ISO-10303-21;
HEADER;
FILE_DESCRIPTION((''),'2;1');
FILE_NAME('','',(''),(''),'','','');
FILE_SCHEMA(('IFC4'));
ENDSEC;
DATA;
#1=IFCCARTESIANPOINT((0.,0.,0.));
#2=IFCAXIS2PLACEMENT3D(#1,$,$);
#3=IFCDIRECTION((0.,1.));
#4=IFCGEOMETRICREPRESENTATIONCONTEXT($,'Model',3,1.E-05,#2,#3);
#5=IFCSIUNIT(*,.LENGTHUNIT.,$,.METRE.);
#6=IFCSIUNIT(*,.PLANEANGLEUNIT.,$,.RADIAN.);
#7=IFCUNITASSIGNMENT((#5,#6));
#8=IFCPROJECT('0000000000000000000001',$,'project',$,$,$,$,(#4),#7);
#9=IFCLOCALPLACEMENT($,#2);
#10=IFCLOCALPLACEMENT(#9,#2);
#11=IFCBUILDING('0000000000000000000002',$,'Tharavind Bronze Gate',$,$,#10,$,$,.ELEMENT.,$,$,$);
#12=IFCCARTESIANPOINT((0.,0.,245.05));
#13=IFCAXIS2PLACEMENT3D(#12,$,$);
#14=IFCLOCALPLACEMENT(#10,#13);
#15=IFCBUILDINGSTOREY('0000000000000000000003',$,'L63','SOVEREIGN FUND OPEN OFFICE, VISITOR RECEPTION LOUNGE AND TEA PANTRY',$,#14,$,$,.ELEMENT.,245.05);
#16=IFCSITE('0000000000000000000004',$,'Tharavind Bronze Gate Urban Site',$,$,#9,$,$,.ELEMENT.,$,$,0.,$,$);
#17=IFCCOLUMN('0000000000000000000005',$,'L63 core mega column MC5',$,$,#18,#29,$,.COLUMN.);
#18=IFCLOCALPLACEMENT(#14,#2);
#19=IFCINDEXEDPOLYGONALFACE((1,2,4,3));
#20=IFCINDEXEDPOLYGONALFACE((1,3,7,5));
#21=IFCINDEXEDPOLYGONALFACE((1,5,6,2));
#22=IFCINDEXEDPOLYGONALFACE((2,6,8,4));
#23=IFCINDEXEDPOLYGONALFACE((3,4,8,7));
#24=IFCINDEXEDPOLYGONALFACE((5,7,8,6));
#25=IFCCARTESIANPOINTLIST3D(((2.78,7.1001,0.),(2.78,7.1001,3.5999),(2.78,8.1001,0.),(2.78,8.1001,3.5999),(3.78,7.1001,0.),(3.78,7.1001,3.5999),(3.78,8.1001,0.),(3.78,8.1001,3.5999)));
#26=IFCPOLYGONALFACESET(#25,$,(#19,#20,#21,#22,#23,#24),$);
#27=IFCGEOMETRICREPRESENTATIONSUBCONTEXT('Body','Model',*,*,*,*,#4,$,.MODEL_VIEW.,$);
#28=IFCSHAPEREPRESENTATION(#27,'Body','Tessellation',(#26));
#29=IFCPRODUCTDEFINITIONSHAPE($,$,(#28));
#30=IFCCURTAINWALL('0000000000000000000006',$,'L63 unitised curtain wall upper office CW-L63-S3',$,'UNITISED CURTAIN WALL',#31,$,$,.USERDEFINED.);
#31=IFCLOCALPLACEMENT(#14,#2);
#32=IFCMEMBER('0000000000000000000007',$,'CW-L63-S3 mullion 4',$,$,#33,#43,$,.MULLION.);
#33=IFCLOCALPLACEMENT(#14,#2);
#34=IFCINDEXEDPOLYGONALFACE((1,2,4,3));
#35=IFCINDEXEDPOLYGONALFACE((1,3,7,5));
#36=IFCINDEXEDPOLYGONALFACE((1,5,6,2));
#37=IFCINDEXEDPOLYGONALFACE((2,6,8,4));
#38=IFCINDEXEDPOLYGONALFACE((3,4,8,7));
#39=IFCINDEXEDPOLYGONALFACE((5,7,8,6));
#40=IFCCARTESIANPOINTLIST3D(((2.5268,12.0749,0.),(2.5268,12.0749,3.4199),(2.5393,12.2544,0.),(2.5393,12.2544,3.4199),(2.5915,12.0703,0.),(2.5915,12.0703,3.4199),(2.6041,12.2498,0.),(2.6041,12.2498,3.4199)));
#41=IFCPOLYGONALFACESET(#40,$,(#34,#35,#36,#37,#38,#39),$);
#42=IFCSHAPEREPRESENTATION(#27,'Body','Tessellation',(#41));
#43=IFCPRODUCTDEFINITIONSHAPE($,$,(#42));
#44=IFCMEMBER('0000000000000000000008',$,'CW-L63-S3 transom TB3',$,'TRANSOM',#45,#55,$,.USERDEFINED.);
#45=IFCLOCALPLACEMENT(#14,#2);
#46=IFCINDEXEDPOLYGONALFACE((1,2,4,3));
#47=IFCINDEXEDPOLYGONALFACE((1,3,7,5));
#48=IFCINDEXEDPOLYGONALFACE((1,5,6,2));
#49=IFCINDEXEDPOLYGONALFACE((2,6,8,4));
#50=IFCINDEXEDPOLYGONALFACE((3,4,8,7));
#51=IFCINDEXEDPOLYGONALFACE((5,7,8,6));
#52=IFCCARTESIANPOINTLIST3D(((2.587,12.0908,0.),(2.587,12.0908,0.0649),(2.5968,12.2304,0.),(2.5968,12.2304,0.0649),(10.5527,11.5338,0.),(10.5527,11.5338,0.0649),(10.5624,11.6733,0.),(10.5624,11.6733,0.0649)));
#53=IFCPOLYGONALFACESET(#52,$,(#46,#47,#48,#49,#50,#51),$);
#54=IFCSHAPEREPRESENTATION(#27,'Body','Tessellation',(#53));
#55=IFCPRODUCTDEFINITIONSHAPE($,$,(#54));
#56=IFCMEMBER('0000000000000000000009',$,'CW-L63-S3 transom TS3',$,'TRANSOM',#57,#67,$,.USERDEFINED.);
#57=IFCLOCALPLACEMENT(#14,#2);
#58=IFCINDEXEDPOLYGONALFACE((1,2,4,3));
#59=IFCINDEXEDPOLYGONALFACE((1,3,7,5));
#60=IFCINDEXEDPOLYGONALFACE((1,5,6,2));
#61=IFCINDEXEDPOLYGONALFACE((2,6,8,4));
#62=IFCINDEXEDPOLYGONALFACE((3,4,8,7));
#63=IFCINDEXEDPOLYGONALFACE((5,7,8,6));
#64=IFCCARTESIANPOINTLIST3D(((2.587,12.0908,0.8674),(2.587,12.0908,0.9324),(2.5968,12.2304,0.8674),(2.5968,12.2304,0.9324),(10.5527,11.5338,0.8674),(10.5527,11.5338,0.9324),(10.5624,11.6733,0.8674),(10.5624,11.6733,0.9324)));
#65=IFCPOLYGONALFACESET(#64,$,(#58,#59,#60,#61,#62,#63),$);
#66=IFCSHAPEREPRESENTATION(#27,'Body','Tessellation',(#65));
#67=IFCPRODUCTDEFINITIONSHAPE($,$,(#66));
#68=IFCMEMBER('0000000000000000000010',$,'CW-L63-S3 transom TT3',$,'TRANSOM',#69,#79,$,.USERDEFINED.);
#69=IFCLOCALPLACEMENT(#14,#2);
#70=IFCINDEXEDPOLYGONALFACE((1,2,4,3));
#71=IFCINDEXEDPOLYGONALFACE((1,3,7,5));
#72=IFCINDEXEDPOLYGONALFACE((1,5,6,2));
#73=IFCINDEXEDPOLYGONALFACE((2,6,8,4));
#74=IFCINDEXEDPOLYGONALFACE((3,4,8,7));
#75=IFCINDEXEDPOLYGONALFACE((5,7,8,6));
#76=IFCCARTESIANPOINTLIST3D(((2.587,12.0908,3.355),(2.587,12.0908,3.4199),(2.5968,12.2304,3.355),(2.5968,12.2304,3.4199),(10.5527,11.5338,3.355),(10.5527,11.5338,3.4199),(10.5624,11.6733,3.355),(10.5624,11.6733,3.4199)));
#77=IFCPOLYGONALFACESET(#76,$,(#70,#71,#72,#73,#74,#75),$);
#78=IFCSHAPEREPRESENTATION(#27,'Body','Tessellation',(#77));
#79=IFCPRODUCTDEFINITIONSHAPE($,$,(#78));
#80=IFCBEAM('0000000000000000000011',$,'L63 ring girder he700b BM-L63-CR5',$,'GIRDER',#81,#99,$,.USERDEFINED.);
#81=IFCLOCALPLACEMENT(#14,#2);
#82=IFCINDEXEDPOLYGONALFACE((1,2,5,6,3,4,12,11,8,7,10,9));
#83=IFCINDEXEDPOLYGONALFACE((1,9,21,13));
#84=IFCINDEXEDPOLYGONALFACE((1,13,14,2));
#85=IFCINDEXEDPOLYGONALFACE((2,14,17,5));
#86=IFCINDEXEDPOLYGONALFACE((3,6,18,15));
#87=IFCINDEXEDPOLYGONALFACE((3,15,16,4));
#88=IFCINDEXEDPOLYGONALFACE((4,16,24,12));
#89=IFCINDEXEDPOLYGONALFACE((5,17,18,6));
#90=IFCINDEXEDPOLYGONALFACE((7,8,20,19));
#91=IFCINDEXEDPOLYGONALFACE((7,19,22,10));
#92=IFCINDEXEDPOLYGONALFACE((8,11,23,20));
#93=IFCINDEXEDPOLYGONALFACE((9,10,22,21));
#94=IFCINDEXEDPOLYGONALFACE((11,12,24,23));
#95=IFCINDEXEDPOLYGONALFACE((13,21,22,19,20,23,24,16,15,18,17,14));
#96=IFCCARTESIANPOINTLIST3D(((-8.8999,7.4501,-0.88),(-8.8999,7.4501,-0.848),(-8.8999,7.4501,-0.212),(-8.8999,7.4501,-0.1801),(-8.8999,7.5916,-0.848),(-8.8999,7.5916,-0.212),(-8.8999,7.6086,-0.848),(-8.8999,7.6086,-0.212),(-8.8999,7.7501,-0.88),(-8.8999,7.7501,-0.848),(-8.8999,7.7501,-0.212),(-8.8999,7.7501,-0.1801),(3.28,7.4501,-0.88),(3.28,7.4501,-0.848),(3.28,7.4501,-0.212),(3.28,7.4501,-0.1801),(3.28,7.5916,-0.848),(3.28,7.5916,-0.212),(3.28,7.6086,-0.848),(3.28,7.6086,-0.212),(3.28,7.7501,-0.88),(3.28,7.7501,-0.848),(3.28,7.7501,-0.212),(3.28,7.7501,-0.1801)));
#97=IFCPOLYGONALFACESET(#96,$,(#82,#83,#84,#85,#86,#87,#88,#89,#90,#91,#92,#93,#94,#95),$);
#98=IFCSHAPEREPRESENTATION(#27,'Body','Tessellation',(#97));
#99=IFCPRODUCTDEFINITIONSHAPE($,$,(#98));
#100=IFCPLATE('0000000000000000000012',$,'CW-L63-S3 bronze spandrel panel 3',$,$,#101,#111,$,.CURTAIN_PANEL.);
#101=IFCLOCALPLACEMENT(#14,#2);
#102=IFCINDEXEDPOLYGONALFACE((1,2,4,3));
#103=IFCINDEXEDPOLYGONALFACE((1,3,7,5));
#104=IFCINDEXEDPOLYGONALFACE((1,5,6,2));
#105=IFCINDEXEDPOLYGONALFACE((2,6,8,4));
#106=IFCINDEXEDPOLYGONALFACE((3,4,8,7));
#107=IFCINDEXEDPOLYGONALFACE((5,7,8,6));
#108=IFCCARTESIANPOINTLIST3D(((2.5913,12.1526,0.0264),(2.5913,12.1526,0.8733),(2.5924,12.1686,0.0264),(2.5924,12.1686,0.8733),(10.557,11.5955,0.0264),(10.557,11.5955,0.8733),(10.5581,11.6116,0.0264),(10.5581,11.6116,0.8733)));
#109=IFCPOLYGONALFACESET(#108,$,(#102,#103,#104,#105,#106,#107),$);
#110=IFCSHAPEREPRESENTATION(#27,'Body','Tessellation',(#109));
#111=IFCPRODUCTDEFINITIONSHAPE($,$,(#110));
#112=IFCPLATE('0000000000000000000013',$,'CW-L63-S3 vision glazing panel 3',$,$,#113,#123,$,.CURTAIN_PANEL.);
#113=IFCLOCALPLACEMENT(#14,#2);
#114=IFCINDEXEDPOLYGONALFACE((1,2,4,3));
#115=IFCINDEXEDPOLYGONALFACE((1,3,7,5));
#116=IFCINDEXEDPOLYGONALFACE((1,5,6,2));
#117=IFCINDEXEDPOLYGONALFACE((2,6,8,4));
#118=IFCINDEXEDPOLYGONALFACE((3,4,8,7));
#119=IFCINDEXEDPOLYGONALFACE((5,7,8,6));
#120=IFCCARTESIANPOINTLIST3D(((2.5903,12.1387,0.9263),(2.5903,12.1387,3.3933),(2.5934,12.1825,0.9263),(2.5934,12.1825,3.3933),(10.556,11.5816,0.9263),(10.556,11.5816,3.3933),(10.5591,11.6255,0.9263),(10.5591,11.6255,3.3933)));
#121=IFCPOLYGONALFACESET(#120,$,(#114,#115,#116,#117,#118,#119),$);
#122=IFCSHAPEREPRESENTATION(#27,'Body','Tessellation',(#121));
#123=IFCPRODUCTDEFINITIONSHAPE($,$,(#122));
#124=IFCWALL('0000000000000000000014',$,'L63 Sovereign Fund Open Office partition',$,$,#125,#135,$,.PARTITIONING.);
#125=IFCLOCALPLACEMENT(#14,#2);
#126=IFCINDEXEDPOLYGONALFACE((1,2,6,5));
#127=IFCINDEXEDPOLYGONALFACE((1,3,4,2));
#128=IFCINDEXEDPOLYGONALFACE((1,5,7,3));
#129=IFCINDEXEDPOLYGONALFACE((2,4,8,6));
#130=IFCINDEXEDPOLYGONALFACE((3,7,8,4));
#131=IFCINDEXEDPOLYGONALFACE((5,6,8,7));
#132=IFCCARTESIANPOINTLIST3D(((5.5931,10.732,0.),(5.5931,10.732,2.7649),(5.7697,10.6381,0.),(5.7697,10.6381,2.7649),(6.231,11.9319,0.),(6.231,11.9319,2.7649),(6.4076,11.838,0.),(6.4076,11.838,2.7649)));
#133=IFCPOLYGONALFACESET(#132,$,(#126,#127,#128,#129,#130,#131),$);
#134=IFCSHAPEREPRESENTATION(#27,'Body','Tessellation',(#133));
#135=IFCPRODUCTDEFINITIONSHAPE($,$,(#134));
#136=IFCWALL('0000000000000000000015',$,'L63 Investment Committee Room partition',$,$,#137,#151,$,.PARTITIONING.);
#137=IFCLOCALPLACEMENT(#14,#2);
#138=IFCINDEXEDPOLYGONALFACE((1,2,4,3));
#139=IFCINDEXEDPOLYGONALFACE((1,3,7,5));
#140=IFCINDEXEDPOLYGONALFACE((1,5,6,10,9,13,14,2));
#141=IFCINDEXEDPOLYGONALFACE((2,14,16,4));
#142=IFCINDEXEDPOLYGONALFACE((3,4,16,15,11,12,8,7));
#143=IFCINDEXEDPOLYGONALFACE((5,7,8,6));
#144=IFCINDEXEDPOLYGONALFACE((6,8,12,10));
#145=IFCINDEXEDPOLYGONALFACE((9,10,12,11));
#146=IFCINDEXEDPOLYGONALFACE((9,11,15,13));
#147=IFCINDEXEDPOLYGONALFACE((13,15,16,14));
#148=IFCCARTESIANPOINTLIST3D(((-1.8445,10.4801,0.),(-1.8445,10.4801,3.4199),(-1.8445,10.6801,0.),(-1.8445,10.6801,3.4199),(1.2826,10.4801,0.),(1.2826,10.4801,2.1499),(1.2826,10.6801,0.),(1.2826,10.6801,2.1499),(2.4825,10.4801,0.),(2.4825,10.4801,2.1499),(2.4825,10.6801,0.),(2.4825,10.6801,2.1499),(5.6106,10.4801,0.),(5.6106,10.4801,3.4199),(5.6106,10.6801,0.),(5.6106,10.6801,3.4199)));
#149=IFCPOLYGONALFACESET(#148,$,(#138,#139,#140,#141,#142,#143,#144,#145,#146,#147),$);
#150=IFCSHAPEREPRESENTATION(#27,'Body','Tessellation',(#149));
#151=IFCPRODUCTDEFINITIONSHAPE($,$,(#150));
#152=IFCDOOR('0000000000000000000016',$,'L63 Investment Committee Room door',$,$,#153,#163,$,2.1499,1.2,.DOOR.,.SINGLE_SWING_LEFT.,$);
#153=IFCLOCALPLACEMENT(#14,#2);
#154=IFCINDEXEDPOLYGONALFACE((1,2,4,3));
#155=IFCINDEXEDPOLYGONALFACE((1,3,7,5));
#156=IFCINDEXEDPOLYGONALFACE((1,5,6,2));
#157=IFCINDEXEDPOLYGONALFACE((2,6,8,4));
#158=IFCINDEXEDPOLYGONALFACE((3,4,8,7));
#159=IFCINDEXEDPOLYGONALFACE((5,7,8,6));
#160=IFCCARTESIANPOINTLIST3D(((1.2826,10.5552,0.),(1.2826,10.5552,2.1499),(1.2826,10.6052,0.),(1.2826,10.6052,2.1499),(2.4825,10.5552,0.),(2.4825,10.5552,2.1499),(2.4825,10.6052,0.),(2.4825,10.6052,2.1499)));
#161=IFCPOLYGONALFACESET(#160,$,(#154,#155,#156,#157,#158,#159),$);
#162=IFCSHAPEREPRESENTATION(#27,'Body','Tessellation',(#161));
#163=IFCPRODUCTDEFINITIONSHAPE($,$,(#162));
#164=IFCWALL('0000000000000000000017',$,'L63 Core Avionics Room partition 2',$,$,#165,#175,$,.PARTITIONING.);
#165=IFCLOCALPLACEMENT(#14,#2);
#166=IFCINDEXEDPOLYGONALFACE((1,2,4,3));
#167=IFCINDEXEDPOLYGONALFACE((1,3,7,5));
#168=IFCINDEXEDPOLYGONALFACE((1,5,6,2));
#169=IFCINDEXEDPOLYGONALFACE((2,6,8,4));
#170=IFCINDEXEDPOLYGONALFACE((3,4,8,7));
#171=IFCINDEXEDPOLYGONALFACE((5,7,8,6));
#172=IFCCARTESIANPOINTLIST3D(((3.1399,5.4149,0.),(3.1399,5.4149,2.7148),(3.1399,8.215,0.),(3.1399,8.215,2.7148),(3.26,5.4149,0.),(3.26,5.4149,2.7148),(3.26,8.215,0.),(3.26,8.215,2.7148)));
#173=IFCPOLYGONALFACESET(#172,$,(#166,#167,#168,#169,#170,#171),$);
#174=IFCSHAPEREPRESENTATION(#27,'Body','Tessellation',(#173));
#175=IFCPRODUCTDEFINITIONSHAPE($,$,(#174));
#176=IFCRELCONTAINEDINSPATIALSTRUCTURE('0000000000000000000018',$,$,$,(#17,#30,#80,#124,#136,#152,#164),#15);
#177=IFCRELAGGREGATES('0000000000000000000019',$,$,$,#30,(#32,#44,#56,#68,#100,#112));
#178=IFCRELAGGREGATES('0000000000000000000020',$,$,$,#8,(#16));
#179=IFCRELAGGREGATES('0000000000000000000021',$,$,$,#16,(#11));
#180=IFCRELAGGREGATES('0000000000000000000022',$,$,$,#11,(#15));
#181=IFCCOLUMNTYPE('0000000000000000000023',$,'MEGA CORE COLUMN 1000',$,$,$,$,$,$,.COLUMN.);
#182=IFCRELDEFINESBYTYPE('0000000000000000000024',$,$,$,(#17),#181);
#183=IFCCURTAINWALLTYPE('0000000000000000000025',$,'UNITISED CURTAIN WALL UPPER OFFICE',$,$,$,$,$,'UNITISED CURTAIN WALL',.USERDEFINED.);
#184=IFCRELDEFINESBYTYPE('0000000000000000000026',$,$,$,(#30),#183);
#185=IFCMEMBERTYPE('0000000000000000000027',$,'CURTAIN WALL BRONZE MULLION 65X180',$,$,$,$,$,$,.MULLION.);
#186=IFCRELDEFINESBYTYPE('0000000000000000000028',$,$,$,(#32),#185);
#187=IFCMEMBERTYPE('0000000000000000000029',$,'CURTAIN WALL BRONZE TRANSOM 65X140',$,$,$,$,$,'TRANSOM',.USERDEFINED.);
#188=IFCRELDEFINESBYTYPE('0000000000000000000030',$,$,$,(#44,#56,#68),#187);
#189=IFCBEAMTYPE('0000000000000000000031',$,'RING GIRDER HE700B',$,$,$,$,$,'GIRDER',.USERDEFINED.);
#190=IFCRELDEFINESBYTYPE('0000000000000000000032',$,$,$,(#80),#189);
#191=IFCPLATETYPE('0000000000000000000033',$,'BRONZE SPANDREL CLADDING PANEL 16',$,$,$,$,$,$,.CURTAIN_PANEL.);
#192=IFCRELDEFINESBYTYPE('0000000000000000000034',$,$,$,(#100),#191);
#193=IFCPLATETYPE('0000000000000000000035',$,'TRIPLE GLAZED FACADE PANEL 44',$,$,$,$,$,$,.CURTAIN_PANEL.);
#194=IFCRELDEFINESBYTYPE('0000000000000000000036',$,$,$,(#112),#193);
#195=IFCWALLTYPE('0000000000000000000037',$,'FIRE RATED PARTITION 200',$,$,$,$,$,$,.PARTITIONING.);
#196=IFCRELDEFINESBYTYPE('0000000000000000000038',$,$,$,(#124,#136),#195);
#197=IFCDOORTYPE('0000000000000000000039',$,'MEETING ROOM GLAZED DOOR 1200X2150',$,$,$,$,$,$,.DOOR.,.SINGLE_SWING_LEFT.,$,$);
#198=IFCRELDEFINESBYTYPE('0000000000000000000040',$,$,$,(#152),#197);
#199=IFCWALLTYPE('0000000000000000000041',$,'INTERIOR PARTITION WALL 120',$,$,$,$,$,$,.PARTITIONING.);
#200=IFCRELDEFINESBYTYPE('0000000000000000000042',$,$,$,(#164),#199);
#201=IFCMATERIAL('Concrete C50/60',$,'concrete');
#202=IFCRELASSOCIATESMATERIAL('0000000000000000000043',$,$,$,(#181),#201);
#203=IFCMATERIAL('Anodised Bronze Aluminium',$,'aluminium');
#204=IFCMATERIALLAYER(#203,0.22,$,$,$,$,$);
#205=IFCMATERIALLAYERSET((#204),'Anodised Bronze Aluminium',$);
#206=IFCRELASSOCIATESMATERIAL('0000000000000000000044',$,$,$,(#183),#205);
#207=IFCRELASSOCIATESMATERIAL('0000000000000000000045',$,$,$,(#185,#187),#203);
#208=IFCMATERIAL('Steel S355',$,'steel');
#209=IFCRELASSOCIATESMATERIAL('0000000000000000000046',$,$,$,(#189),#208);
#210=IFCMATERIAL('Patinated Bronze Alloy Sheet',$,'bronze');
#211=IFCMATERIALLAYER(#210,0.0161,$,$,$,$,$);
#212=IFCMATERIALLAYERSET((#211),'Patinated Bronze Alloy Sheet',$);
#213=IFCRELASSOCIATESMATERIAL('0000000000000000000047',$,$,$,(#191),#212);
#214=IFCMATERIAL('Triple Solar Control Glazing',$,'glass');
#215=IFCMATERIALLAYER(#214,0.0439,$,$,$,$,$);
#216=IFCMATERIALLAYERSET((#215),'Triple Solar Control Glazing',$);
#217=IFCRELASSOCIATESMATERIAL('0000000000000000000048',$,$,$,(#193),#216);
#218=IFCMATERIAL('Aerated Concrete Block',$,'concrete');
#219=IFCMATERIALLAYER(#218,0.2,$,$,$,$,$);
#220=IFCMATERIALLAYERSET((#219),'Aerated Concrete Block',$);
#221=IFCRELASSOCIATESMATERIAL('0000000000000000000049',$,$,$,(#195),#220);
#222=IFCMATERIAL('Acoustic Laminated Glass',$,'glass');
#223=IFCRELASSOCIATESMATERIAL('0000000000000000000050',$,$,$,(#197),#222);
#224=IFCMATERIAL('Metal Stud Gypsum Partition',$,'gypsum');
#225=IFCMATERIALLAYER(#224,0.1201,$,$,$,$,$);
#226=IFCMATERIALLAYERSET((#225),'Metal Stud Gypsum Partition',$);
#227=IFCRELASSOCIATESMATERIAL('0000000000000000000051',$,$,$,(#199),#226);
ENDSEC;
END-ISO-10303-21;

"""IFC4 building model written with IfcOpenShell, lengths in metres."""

from ifc_helpers import new_model, si_unit, direction, frame, frame_2d, origin, origin_2d, place, context, subcontext, project, spatial, rectangle, i_section, extrude, material, layer, layer_set, material_profile, profile_set, type_object, element, fill, aggregate, save


model = new_model("IFC4")

# Units and contexts
model_context = context("Model", 3, precision=1e-05, world=origin(), true_north=direction((0.0, 1.0)))
body_context = subcontext(model_context, "Body", "Model", "MODEL_VIEW")
ifc_project = project(units=[si_unit("LENGTHUNIT", "METRE"), si_unit("PLANEANGLEUNIT", "RADIAN")], contexts=[model_context])

# Site, building, storey
site_placement = place(None, origin())
site = spatial("IfcSite", under=ifc_project, at=site_placement, Name="Tharavind Bronze Gate Urban Site", CompositionType="ELEMENT", RefElevation=0.0)
building_placement = place(site_placement, origin())
building = spatial("IfcBuilding", under=site, at=building_placement, Name="Tharavind Bronze Gate", CompositionType="ELEMENT")
storey_placement = place(building_placement, frame((0.0, 0.0, 245.05)))
storey = spatial("IfcBuildingStorey", under=building, at=storey_placement, Name="L63", Description="SOVEREIGN FUND OPEN OFFICE, VISITOR RECEPTION LOUNGE AND TEA PANTRY", CompositionType="ELEMENT", Elevation=245.05)

# Column
ifc_material_1 = material(Name="Concrete C50/60", Category="concrete")
ifc_material_profile_1 = material_profile(ifc_material_1, rectangle(XDim=1.0, YDim=1.0, at=origin_2d()), Name="RCCOL1000")
ifc_profile_set_1 = profile_set([ifc_material_profile_1], Name="Concrete C50/60")
column_type = type_object("IfcColumnType", Name="MEGA CORE COLUMN 1000", PredefinedType="COLUMN", material=ifc_profile_set_1)
column_placement = place(storey_placement, frame((3.28, 7.6001, 0.0), z_axis=(0.0, 0.0, 1.0), x_axis=(1.0, 0.0, 0.0)))
element("IfcColumn", 1, at=column_placement, inside=storey, type_object=column_type, Name="L63 core mega column MC5", PredefinedType="COLUMN", context=body_context, shape_type="SweptSolid", body=[
    extrude(rectangle(XDim=1.0, YDim=1.0, at=origin_2d()), origin(), (0.0, 0.0, 1.0), 3.5999),
])

# Curtain wall, members
ifc_material_2 = material(Name="Anodised Bronze Aluminium", Category="aluminium")
ifc_layer_1 = layer(ifc_material_2, 0.22)
ifc_layer_set_1 = layer_set([ifc_layer_1], Name="Anodised Bronze Aluminium")
curtain_wall_type = type_object("IfcCurtainWallType", Name="UNITISED CURTAIN WALL UPPER OFFICE", ElementType="UNITISED CURTAIN WALL", PredefinedType="USERDEFINED", material=ifc_layer_set_1)
curtain_wall_placement = place(storey_placement, origin())
curtain_wall = element("IfcCurtainWall", 2, at=curtain_wall_placement, inside=storey, type_object=curtain_wall_type, Name="L63 unitised curtain wall upper office CW-L63-S3", ObjectType="UNITISED CURTAIN WALL", PredefinedType="USERDEFINED")
member_type_1 = type_object("IfcMemberType", Name="CURTAIN WALL BRONZE MULLION 65X180", PredefinedType="MULLION", material=ifc_material_2)
member_1_placement = place(storey_placement, frame((2.5654, 12.1624, 0.0), z_axis=(0.0, 0.0, 1.0), x_axis=(-0.997564, 0.069758, 0.0)))
member_1 = element("IfcMember", 3, at=member_1_placement, type_object=member_type_1, Name="CW-L63-S3 mullion 4", PredefinedType="MULLION", context=body_context, shape_type="SweptSolid", body=[
    extrude(rectangle(XDim=0.0649, YDim=0.1799, at=origin_2d()), origin(), (0.0, 0.0, 1.0), 3.4199),
])
member_type_2 = type_object("IfcMemberType", Name="CURTAIN WALL BRONZE TRANSOM 65X140", ElementType="TRANSOM", PredefinedType="USERDEFINED", material=ifc_material_2)
member_2_placement = place(storey_placement, frame((6.5747, 11.8821, 0.0), z_axis=(0.0, 0.0, 1.0), x_axis=(-0.997564, 0.069758, 0.0)))
member_2 = element("IfcMember", 4, at=member_2_placement, type_object=member_type_2, Name="CW-L63-S3 transom TB3", ObjectType="TRANSOM", PredefinedType="USERDEFINED", context=body_context, shape_type="SweptSolid", body=[
    extrude(rectangle(XDim=7.9851, YDim=0.1399, at=origin_2d()), origin(), (0.0, 0.0, 1.0), 0.0649),
])
member_3_placement = place(storey_placement, frame((6.5747, 11.8821, 0.8674), z_axis=(0.0, 0.0, 1.0), x_axis=(-0.997564, 0.069758, 0.0)))
member_3 = element("IfcMember", 5, at=member_3_placement, type_object=member_type_2, Name="CW-L63-S3 transom TS3", ObjectType="TRANSOM", PredefinedType="USERDEFINED", context=body_context, shape_type="SweptSolid", body=[
    extrude(rectangle(XDim=7.9851, YDim=0.1399, at=origin_2d()), origin(), (0.0, 0.0, 1.0), 0.0649),
])
member_4_placement = place(storey_placement, frame((6.5747, 11.8821, 3.355), z_axis=(0.0, 0.0, 1.0), x_axis=(-0.997564, 0.069758, 0.0)))
member_4 = element("IfcMember", 6, at=member_4_placement, type_object=member_type_2, Name="CW-L63-S3 transom TT3", ObjectType="TRANSOM", PredefinedType="USERDEFINED", context=body_context, shape_type="SweptSolid", body=[
    extrude(rectangle(XDim=7.9851, YDim=0.1399, at=origin_2d()), origin(), (0.0, 0.0, 1.0), 0.0649),
])

# Beam
ifc_material_3 = material(Name="Steel S355", Category="steel")
ifc_material_profile_2 = material_profile(ifc_material_3, i_section(OverallWidth=0.3, OverallDepth=0.7, WebThickness=0.0171, FlangeThickness=0.032, at=origin_2d()), Name="HE700B")
ifc_profile_set_2 = profile_set([ifc_material_profile_2], Name="Steel S355")
beam_type = type_object("IfcBeamType", Name="RING GIRDER HE700B", ElementType="GIRDER", PredefinedType="USERDEFINED", material=ifc_profile_set_2)
beam_placement = place(storey_placement, frame((3.28, 7.6001, -0.53), z_axis=(-1.0, 0.0, 0.0), x_axis=(0.0, -1.0, 0.0)))
element("IfcBeam", 7, at=beam_placement, inside=storey, type_object=beam_type, Name="L63 ring girder he700b BM-L63-CR5", ObjectType="GIRDER", PredefinedType="USERDEFINED", context=body_context, shape_type="SweptSolid", body=[
    extrude(i_section(OverallWidth=0.3, OverallDepth=0.7, WebThickness=0.0171, FlangeThickness=0.032, at=origin_2d()), origin(), (0.0, 0.0, 1.0), 12.1799),
])

# Plates
ifc_material_4 = material(Name="Patinated Bronze Alloy Sheet", Category="bronze")
ifc_layer_2 = layer(ifc_material_4, 0.0161)
ifc_layer_set_2 = layer_set([ifc_layer_2], Name="Patinated Bronze Alloy Sheet")
plate_type_1 = type_object("IfcPlateType", Name="BRONZE SPANDREL CLADDING PANEL 16", PredefinedType="CURTAIN_PANEL", material=ifc_layer_set_2)
plate_1_placement = place(storey_placement, frame((6.5747, 11.8821, 0.0264), z_axis=(0.0, 0.0, 1.0), x_axis=(-0.997564, 0.069758, 0.0)))
plate_1 = element("IfcPlate", 8, at=plate_1_placement, type_object=plate_type_1, Name="CW-L63-S3 bronze spandrel panel 3", PredefinedType="CURTAIN_PANEL", context=body_context, shape_type="SweptSolid", body=[
    extrude(rectangle(XDim=7.9851, YDim=0.0161, at=origin_2d()), origin(), (0.0, 0.0, 1.0), 0.8469),
])
ifc_material_5 = material(Name="Triple Solar Control Glazing", Category="glass")
ifc_layer_3 = layer(ifc_material_5, 0.0439)
ifc_layer_set_3 = layer_set([ifc_layer_3], Name="Triple Solar Control Glazing")
plate_type_2 = type_object("IfcPlateType", Name="TRIPLE GLAZED FACADE PANEL 44", PredefinedType="CURTAIN_PANEL", material=ifc_layer_set_3)
plate_2_placement = place(storey_placement, frame((6.5747, 11.8821, 0.9263), z_axis=(0.0, 0.0, 1.0), x_axis=(-0.997564, 0.069758, 0.0)))
plate_2 = element("IfcPlate", 9, at=plate_2_placement, type_object=plate_type_2, Name="CW-L63-S3 vision glazing panel 3", PredefinedType="CURTAIN_PANEL", context=body_context, shape_type="SweptSolid", body=[
    extrude(rectangle(XDim=7.9851, YDim=0.0439, at=origin_2d()), origin(), (0.0, 0.0, 1.0), 2.467),
])
aggregate(curtain_wall, [member_1, member_2, member_3, member_4, plate_1, plate_2])

# Wall
ifc_material_6 = material(Name="Aerated Concrete Block", Category="concrete")
ifc_layer_4 = layer(ifc_material_6, 0.2)
ifc_layer_set_4 = layer_set([ifc_layer_4], Name="Aerated Concrete Block")
wall_type_1 = type_object("IfcWallType", Name="FIRE RATED PARTITION 200", PredefinedType="PARTITIONING", material=ifc_layer_set_4)
wall_1_placement = place(storey_placement, frame((5.6814, 10.6851, 0.0), z_axis=(0.0, 0.0, 1.0), x_axis=(0.469422, 0.882974, 0.0)))
element("IfcWall", 10, at=wall_1_placement, inside=storey, type_object=wall_type_1, Name="L63 Sovereign Fund Open Office partition", PredefinedType="PARTITIONING", context=body_context, shape_type="SweptSolid", body=[
    extrude(rectangle(XDim=1.3589, YDim=0.2, at=frame_2d((0.6794, 0.0))), origin(), (0.0, 0.0, 1.0), 2.7649),
])

# Wall, opening, door
wall_2_placement = place(storey_placement, frame((5.6106, 10.5801, 0.0), z_axis=(0.0, 0.0, 1.0), x_axis=(-1.0, 0.0, 0.0)))
wall_2 = element("IfcWall", 11, at=wall_2_placement, inside=storey, type_object=wall_type_1, Name="L63 Investment Committee Room partition", PredefinedType="PARTITIONING", context=body_context, shape_type="SweptSolid", body=[
    extrude(rectangle(XDim=7.4551, YDim=0.2, at=frame_2d((3.7275, 0.0))), origin(), (0.0, 0.0, 1.0), 3.4199),
])
opening_1_placement = place(wall_2_placement, frame((3.1279, 0.0, 0.0)))
opening_1 = element("IfcOpeningElement", 12, at=opening_1_placement, cuts=wall_2, PredefinedType="OPENING", context=body_context, shape_type="SweptSolid", body=[
    extrude(rectangle(XDim=1.2, YDim=2.1499, at=frame_2d((0.6001, 1.075))), frame((0.0, 0.1101, 0.0), z_axis=(0.0, -1.0, 0.0), x_axis=(1.0, 0.0, 0.0)), (0.0, 0.0, 1.0), 0.22),
])
ifc_material_7 = material(Name="Acoustic Laminated Glass", Category="glass")
door_type_1 = type_object("IfcDoorType", Name="MEETING ROOM GLAZED DOOR 1200X2150", OperationType="SINGLE_SWING_LEFT", PredefinedType="DOOR", material=ifc_material_7)
door_1_placement = place(opening_1_placement, origin())
door_1 = element("IfcDoor", 13, at=door_1_placement, inside=storey, type_object=door_type_1, Name="L63 Investment Committee Room door", OperationType="SINGLE_SWING_LEFT", OverallHeight=2.1499, OverallWidth=1.2, PredefinedType="DOOR", context=body_context, shape_type="SweptSolid", body=[
    extrude(rectangle(XDim=1.2, YDim=2.1499, at=frame_2d((0.6001, 1.075))), frame((0.0, 0.0249, 0.0), z_axis=(0.0, -1.0, 0.0), x_axis=(1.0, 0.0, 0.0)), (0.0, 0.0, 1.0), 0.05),
])
fill(opening_1, door_1)

# Wall
ifc_material_8 = material(Name="Metal Stud Gypsum Partition", Category="gypsum")
ifc_layer_5 = layer(ifc_material_8, 0.1201)
ifc_layer_set_5 = layer_set([ifc_layer_5], Name="Metal Stud Gypsum Partition")
wall_type_2 = type_object("IfcWallType", Name="INTERIOR PARTITION WALL 120", PredefinedType="PARTITIONING", material=ifc_layer_set_5)
wall_3_placement = place(storey_placement, frame((3.2, 5.415, 0.0), z_axis=(0.0, 0.0, 1.0), x_axis=(0.0, 1.0, 0.0)))
element("IfcWall", 14, at=wall_3_placement, inside=storey, type_object=wall_type_2, Name="L63 Core Avionics Room partition 2", PredefinedType="PARTITIONING", context=body_context, shape_type="SweptSolid", body=[
    extrude(rectangle(XDim=2.8, YDim=0.1201, at=frame_2d((1.3999, 0.0))), origin(), (0.0, 0.0, 1.0), 2.7148),
])

save(model, "model.ifc")
